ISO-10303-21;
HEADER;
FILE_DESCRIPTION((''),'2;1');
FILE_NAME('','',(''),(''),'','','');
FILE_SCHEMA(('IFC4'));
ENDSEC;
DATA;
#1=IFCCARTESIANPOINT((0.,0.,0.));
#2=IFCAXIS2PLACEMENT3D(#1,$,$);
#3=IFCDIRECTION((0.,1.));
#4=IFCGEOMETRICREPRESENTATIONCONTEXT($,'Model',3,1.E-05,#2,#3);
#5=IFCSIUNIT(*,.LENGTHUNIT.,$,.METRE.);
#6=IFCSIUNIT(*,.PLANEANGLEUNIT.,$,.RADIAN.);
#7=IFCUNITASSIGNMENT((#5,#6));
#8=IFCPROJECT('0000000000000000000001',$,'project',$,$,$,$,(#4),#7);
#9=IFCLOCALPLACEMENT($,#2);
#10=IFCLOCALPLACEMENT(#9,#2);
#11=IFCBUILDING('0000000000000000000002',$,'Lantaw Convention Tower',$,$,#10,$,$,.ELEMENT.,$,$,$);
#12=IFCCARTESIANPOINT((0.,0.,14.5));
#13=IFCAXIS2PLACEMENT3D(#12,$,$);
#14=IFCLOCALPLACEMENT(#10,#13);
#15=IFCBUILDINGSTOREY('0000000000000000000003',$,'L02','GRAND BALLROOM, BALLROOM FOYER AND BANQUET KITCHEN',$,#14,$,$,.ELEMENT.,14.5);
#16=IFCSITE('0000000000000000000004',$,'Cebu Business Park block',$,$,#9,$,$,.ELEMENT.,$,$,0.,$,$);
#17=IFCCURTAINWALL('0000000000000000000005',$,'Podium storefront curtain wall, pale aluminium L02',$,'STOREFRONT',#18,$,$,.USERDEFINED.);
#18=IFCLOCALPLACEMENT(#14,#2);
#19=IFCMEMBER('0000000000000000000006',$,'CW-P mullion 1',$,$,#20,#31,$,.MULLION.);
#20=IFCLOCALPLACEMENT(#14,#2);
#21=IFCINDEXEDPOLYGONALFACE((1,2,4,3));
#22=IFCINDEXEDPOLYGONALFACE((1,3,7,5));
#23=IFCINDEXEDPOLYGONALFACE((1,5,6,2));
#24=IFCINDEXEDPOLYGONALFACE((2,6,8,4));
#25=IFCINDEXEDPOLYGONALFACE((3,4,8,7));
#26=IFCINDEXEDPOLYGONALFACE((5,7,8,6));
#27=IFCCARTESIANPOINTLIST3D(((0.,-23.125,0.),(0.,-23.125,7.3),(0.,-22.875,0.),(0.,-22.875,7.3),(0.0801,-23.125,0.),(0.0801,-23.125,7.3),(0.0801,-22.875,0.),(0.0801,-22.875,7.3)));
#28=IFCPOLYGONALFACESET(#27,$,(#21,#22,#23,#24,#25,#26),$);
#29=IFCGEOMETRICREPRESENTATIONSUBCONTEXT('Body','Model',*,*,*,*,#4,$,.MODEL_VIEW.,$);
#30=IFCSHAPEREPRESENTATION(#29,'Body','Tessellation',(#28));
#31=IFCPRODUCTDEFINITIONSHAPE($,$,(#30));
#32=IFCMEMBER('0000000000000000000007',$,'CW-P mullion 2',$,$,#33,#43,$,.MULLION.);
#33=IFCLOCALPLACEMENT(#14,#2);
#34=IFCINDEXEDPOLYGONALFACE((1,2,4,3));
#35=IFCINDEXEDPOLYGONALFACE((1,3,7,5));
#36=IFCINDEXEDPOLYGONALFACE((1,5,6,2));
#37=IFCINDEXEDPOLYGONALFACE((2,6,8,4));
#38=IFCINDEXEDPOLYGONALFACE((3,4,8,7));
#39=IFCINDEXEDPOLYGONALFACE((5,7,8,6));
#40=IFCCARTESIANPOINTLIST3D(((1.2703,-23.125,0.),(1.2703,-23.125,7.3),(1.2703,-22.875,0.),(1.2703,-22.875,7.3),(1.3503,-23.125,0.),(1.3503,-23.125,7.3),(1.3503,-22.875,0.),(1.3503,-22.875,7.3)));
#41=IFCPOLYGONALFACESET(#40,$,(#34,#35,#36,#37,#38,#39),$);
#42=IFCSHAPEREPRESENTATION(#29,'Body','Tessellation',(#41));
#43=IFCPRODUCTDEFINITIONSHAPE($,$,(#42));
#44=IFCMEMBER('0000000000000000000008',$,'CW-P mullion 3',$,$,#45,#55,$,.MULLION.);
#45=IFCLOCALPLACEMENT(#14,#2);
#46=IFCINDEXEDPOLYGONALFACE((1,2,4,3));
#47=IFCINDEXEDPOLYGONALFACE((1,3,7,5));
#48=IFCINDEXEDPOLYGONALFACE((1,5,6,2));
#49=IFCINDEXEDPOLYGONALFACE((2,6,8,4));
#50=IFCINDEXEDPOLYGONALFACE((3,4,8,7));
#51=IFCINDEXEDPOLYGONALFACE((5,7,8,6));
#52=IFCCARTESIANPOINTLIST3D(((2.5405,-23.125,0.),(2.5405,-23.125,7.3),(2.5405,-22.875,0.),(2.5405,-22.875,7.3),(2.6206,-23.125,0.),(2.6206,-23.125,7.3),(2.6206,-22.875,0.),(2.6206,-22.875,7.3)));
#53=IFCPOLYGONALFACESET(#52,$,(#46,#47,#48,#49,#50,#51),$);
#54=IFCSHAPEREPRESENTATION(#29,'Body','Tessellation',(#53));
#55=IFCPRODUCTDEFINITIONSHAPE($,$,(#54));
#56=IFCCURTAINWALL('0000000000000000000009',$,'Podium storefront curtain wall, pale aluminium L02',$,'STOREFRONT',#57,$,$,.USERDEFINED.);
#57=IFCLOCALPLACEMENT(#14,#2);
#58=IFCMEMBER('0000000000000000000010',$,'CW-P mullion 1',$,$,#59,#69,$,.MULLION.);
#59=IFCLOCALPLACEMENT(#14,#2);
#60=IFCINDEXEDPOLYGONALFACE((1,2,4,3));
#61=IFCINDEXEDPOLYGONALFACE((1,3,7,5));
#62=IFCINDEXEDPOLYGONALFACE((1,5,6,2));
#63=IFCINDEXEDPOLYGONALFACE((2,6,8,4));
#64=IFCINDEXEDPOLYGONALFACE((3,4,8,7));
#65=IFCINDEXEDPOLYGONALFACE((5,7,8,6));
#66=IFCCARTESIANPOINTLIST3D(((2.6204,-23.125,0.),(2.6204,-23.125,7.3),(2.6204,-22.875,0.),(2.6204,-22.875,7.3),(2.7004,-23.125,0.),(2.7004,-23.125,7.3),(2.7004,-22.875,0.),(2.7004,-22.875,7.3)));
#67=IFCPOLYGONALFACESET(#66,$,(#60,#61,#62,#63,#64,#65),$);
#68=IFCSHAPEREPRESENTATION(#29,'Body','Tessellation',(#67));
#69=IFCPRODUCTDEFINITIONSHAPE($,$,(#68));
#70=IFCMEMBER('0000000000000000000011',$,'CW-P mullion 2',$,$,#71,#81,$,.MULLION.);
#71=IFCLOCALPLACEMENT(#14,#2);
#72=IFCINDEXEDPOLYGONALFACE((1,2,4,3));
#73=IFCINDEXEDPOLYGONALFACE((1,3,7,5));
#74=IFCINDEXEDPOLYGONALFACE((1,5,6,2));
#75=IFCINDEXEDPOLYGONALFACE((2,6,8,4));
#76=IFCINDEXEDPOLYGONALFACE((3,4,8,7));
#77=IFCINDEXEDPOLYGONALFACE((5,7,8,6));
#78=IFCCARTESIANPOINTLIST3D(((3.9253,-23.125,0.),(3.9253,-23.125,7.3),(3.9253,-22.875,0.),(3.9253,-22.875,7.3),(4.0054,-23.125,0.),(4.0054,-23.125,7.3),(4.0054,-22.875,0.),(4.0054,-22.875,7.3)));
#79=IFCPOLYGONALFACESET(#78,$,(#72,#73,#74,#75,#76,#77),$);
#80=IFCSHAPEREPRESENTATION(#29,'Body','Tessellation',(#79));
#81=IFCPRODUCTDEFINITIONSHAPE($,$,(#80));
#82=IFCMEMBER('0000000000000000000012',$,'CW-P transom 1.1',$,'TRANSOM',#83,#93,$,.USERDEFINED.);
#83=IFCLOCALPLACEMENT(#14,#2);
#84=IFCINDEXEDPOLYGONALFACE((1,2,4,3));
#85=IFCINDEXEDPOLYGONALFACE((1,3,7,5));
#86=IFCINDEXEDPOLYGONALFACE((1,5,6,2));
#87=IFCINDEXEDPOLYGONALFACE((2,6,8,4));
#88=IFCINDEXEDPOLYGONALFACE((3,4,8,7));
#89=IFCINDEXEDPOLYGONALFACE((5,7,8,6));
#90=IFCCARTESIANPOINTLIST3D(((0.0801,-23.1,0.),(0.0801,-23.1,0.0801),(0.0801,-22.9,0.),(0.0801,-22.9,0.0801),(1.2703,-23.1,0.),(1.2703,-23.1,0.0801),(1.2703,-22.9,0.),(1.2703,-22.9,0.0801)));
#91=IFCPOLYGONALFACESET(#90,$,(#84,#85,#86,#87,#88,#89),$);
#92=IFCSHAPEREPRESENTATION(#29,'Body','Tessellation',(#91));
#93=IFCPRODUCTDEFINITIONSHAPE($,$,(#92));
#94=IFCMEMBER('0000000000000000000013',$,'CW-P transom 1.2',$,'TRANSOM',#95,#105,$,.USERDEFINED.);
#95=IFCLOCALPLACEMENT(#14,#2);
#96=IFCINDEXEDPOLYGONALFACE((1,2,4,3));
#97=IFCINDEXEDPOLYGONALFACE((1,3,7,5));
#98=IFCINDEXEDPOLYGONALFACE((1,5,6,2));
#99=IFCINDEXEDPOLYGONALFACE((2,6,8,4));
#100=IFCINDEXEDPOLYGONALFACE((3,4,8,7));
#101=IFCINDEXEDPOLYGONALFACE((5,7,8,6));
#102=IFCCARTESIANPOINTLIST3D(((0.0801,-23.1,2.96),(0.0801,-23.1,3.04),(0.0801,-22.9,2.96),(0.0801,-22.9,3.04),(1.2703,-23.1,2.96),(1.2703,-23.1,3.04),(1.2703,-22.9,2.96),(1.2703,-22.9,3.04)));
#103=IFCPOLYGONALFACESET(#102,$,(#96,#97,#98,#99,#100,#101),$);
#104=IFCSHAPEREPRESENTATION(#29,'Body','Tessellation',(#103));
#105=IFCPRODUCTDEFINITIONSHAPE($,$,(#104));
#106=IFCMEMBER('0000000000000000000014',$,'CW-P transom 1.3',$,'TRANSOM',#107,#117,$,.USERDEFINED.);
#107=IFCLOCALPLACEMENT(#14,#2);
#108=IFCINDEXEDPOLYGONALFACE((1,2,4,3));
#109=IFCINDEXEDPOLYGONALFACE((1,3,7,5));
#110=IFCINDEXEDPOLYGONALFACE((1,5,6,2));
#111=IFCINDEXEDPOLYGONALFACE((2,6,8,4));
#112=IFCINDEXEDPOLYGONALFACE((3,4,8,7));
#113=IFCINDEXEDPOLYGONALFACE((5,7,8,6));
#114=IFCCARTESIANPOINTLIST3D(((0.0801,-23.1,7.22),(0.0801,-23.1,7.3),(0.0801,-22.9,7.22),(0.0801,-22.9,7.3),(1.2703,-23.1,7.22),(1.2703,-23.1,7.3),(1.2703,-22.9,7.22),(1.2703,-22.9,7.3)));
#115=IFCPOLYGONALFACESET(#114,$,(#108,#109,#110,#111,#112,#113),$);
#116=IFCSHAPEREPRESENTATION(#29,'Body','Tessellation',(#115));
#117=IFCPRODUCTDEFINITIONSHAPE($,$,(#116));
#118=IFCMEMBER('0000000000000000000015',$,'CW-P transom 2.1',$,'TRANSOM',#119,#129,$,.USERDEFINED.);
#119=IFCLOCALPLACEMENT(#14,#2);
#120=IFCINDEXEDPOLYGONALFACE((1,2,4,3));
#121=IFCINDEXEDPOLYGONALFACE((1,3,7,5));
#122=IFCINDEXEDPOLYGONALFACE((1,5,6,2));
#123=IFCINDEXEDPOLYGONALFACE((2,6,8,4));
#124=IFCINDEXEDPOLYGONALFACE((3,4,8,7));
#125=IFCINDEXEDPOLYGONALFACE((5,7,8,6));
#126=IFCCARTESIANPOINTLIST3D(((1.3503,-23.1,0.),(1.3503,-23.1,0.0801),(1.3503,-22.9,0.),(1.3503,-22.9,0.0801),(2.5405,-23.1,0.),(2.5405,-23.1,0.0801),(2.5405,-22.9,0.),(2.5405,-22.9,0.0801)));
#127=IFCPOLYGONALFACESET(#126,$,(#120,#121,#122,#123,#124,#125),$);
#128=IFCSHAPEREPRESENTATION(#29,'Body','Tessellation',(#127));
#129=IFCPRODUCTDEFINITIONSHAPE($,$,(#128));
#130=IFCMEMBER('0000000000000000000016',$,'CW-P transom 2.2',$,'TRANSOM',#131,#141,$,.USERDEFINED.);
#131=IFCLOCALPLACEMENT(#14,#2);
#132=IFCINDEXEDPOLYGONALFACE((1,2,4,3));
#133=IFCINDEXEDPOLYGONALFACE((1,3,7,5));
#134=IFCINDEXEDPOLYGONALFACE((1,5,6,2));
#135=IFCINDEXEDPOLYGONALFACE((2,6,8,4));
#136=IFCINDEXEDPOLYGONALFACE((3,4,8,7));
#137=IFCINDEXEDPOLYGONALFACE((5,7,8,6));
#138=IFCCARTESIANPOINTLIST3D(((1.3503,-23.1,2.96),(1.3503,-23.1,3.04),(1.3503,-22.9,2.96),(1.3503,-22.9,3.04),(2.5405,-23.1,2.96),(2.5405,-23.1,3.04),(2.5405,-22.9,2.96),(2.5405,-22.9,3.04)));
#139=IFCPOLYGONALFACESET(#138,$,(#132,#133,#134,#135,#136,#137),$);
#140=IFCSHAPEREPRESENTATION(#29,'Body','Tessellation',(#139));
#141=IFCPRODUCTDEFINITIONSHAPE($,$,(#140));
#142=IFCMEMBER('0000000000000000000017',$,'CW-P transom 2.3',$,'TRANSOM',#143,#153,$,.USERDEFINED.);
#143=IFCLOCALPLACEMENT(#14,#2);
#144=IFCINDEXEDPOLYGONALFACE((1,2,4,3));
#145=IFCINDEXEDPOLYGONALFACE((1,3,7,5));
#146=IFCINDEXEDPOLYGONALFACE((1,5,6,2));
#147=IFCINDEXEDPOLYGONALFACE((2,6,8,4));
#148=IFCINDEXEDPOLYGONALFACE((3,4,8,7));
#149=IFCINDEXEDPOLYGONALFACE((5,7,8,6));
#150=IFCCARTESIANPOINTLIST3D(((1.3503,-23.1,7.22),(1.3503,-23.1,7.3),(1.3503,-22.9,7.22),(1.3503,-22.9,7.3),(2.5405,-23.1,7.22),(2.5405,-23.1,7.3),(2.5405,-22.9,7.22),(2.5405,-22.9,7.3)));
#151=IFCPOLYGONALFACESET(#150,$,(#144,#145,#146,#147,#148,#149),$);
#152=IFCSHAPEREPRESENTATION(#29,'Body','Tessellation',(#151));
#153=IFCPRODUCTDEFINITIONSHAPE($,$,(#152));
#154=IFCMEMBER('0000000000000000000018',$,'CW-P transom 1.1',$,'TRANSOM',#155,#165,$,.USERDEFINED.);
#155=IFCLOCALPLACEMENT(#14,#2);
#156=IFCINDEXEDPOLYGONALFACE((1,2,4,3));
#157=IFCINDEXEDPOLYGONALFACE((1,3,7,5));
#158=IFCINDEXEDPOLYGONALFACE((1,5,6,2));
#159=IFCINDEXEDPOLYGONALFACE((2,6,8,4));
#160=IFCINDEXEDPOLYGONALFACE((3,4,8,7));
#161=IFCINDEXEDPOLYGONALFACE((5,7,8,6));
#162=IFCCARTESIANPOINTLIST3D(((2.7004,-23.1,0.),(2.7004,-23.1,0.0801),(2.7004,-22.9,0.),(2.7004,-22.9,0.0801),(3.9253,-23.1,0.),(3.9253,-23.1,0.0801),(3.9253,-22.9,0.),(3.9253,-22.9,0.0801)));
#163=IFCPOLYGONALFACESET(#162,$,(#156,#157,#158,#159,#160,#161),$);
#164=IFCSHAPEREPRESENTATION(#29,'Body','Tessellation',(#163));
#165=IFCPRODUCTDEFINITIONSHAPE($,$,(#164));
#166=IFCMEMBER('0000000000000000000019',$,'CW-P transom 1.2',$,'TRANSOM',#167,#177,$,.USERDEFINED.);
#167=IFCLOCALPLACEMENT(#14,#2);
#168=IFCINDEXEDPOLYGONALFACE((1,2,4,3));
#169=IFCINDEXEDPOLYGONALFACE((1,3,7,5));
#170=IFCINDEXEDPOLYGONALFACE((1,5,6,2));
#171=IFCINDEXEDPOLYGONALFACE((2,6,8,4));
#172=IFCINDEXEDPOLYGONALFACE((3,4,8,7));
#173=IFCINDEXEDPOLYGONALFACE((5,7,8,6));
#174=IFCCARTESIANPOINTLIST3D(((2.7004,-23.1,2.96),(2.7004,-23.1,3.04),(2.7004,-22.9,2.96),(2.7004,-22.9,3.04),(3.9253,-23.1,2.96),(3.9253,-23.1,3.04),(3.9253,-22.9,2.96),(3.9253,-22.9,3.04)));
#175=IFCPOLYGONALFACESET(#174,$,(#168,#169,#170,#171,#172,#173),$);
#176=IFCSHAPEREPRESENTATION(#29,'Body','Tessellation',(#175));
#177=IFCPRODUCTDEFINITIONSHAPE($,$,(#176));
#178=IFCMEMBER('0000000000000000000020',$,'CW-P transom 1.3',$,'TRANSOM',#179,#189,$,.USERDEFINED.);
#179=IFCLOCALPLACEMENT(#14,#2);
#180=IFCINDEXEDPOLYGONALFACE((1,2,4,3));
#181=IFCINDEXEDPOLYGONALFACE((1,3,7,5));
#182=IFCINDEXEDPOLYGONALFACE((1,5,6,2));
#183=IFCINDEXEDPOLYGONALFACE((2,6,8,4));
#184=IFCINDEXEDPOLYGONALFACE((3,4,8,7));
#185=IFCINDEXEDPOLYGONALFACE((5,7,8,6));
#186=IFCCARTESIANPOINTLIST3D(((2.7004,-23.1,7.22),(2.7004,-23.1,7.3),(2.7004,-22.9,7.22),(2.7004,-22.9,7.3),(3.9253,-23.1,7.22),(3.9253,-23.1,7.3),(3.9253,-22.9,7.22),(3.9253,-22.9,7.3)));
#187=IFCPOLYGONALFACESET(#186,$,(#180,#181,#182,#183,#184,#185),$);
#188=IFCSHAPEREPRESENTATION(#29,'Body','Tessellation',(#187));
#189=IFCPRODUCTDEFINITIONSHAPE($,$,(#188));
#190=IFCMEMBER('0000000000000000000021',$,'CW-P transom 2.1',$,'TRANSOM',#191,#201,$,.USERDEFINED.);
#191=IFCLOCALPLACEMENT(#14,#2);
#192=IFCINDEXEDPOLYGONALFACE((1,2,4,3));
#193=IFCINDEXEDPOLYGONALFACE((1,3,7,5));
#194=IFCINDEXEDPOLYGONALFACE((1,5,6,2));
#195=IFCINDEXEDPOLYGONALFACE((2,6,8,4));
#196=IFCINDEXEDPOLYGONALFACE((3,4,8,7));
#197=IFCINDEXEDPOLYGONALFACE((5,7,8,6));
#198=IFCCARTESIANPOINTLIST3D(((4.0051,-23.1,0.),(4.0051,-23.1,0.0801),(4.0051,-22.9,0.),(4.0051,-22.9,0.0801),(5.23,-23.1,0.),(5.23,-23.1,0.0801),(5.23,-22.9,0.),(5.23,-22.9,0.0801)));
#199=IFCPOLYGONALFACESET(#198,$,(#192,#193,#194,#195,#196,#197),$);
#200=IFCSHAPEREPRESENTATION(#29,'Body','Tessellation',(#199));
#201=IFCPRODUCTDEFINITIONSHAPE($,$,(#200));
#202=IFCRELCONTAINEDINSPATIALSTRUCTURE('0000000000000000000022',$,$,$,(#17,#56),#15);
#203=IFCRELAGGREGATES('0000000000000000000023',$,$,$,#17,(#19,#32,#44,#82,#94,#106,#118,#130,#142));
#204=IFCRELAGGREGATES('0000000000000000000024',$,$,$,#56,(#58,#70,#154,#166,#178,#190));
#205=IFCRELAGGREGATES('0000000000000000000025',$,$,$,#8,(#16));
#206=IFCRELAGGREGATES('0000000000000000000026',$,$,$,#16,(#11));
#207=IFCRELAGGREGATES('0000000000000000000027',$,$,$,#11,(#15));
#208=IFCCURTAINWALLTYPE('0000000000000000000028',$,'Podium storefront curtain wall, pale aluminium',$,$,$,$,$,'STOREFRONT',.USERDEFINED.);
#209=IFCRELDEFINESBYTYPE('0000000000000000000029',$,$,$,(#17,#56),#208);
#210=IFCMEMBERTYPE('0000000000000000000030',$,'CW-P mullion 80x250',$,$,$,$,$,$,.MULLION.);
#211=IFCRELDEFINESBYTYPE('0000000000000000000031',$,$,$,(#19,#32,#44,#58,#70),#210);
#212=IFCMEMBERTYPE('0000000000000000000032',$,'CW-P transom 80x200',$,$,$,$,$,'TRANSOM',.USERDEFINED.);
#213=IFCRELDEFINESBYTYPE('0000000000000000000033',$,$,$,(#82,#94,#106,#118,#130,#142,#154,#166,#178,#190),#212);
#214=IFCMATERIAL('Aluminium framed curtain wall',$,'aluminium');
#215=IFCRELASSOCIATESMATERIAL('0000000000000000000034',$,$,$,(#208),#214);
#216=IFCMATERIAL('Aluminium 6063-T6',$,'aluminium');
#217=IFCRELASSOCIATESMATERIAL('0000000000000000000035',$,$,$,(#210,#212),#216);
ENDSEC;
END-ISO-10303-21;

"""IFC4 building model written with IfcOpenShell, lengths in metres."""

from ifc_helpers import new_model, si_unit, direction, frame, origin, origin_2d, place, context, subcontext, project, spatial, rectangle, extrude, material, material_profile, profile_set, type_object, element, aggregate, save


model = new_model("IFC4")

# Units and contexts
model_context = context("Model", 3, precision=1e-05, world=origin(), true_north=direction((0.0, 1.0)))
body_context = subcontext(model_context, "Body", "Model", "MODEL_VIEW")
ifc_project = project(units=[si_unit("LENGTHUNIT", "METRE"), si_unit("PLANEANGLEUNIT", "RADIAN")], contexts=[model_context])

# Site, building, storey
site_placement = place(None, origin())
site = spatial("IfcSite", under=ifc_project, at=site_placement, Name="Cebu Business Park block", CompositionType="ELEMENT", RefElevation=0.0)
building_placement = place(site_placement, origin())
building = spatial("IfcBuilding", under=site, at=building_placement, Name="Lantaw Convention Tower", CompositionType="ELEMENT")
storey_placement = place(building_placement, frame((0.0, 0.0, 14.5)))
storey = spatial("IfcBuildingStorey", under=building, at=storey_placement, Name="L02", Description="GRAND BALLROOM, BALLROOM FOYER AND BANQUET KITCHEN", CompositionType="ELEMENT", Elevation=14.5)

# Curtain walls, members
ifc_material_1 = material(Name="Aluminium framed curtain wall", Category="aluminium")
curtain_wall_type = type_object("IfcCurtainWallType", Name="Podium storefront curtain wall, pale aluminium", ElementType="STOREFRONT", PredefinedType="USERDEFINED", material=ifc_material_1)
curtain_wall_1_placement = place(storey_placement, origin())
curtain_wall_1 = element("IfcCurtainWall", 1, at=curtain_wall_1_placement, inside=storey, type_object=curtain_wall_type, Name="Podium storefront curtain wall, pale aluminium L02", ObjectType="STOREFRONT", PredefinedType="USERDEFINED")
ifc_material_2 = material(Name="Aluminium 6063-T6", Category="aluminium")
ifc_material_profile_1 = material_profile(ifc_material_2, rectangle(XDim=0.25, YDim=0.0801, at=origin_2d()), Name="CW-P mullion 80x250")
ifc_profile_set_1 = profile_set([ifc_material_profile_1], Name="Aluminium 6063-T6")
member_type_1 = type_object("IfcMemberType", Name="CW-P mullion 80x250", PredefinedType="MULLION", material=ifc_profile_set_1)
member_1_placement = place(storey_placement, frame((0.04, -23.0, 0.0), z_axis=(0.0, 0.0, 1.0), x_axis=(0.0, 1.0, 0.0)))
member_1 = element("IfcMember", 2, at=member_1_placement, type_object=member_type_1, Name="CW-P mullion 1", PredefinedType="MULLION", context=body_context, shape_type="SweptSolid", body=[
    extrude(rectangle(XDim=0.25, YDim=0.0801, at=origin_2d()), origin(), (0.0, 0.0, 1.0), 7.3),
])
member_2_placement = place(storey_placement, frame((1.3103, -23.0, 0.0), z_axis=(0.0, 0.0, 1.0), x_axis=(0.0, 1.0, 0.0)))
member_2 = element("IfcMember", 3, at=member_2_placement, type_object=member_type_1, Name="CW-P mullion 2", PredefinedType="MULLION", context=body_context, shape_type="SweptSolid", body=[
    extrude(rectangle(XDim=0.25, YDim=0.0801, at=origin_2d()), origin(), (0.0, 0.0, 1.0), 7.3),
])
member_3_placement = place(storey_placement, frame((2.5806, -23.0, 0.0), z_axis=(0.0, 0.0, 1.0), x_axis=(0.0, 1.0, 0.0)))
member_3 = element("IfcMember", 4, at=member_3_placement, type_object=member_type_1, Name="CW-P mullion 3", PredefinedType="MULLION", context=body_context, shape_type="SweptSolid", body=[
    extrude(rectangle(XDim=0.25, YDim=0.0801, at=origin_2d()), origin(), (0.0, 0.0, 1.0), 7.3),
])
curtain_wall_2_placement = place(storey_placement, origin())
curtain_wall_2 = element("IfcCurtainWall", 5, at=curtain_wall_2_placement, inside=storey, type_object=curtain_wall_type, Name="Podium storefront curtain wall, pale aluminium L02", ObjectType="STOREFRONT", PredefinedType="USERDEFINED")
member_4_placement = place(storey_placement, frame((2.6604, -23.0, 0.0), z_axis=(0.0, 0.0, 1.0), x_axis=(0.0, 1.0, 0.0)))
member_4 = element("IfcMember", 6, at=member_4_placement, type_object=member_type_1, Name="CW-P mullion 1", PredefinedType="MULLION", context=body_context, shape_type="SweptSolid", body=[
    extrude(rectangle(XDim=0.25, YDim=0.0801, at=origin_2d()), origin(), (0.0, 0.0, 1.0), 7.3),
])
member_5_placement = place(storey_placement, frame((3.9653, -23.0, 0.0), z_axis=(0.0, 0.0, 1.0), x_axis=(0.0, 1.0, 0.0)))
member_5 = element("IfcMember", 7, at=member_5_placement, type_object=member_type_1, Name="CW-P mullion 2", PredefinedType="MULLION", context=body_context, shape_type="SweptSolid", body=[
    extrude(rectangle(XDim=0.25, YDim=0.0801, at=origin_2d()), origin(), (0.0, 0.0, 1.0), 7.3),
])

# Members
ifc_material_profile_2 = material_profile(ifc_material_2, rectangle(XDim=0.2, YDim=0.0801, at=origin_2d()), Name="CW-P transom 80x200")
ifc_profile_set_2 = profile_set([ifc_material_profile_2], Name="Aluminium 6063-T6")
member_type_2 = type_object("IfcMemberType", Name="CW-P transom 80x200", ElementType="TRANSOM", PredefinedType="USERDEFINED", material=ifc_profile_set_2)
member_6_placement = place(storey_placement, frame((0.0801, -23.0, 0.04), z_axis=(1.0, 0.0, 0.0), x_axis=(0.0, 1.0, 0.0)))
member_6 = element("IfcMember", 8, at=member_6_placement, type_object=member_type_2, Name="CW-P transom 1.1", ObjectType="TRANSOM", PredefinedType="USERDEFINED", context=body_context, shape_type="SweptSolid", body=[
    extrude(rectangle(XDim=0.2, YDim=0.0801, at=origin_2d()), origin(), (0.0, 0.0, 1.0), 1.1902),
])
member_7_placement = place(storey_placement, frame((0.0801, -23.0, 3.0), z_axis=(1.0, 0.0, 0.0), x_axis=(0.0, 1.0, 0.0)))
member_7 = element("IfcMember", 9, at=member_7_placement, type_object=member_type_2, Name="CW-P transom 1.2", ObjectType="TRANSOM", PredefinedType="USERDEFINED", context=body_context, shape_type="SweptSolid", body=[
    extrude(rectangle(XDim=0.2, YDim=0.0801, at=origin_2d()), origin(), (0.0, 0.0, 1.0), 1.1902),
])
member_8_placement = place(storey_placement, frame((0.0801, -23.0, 7.26), z_axis=(1.0, 0.0, 0.0), x_axis=(0.0, 1.0, 0.0)))
member_8 = element("IfcMember", 10, at=member_8_placement, type_object=member_type_2, Name="CW-P transom 1.3", ObjectType="TRANSOM", PredefinedType="USERDEFINED", context=body_context, shape_type="SweptSolid", body=[
    extrude(rectangle(XDim=0.2, YDim=0.0801, at=origin_2d()), origin(), (0.0, 0.0, 1.0), 1.1902),
])
member_9_placement = place(storey_placement, frame((1.3503, -23.0, 0.04), z_axis=(1.0, 0.0, 0.0), x_axis=(0.0, 1.0, 0.0)))
member_9 = element("IfcMember", 11, at=member_9_placement, type_object=member_type_2, Name="CW-P transom 2.1", ObjectType="TRANSOM", PredefinedType="USERDEFINED", context=body_context, shape_type="SweptSolid", body=[
    extrude(rectangle(XDim=0.2, YDim=0.0801, at=origin_2d()), origin(), (0.0, 0.0, 1.0), 1.1902),
])
member_10_placement = place(storey_placement, frame((1.3503, -23.0, 3.0), z_axis=(1.0, 0.0, 0.0), x_axis=(0.0, 1.0, 0.0)))
member_10 = element("IfcMember", 12, at=member_10_placement, type_object=member_type_2, Name="CW-P transom 2.2", ObjectType="TRANSOM", PredefinedType="USERDEFINED", context=body_context, shape_type="SweptSolid", body=[
    extrude(rectangle(XDim=0.2, YDim=0.0801, at=origin_2d()), origin(), (0.0, 0.0, 1.0), 1.1902),
])
member_11_placement = place(storey_placement, frame((1.3503, -23.0, 7.26), z_axis=(1.0, 0.0, 0.0), x_axis=(0.0, 1.0, 0.0)))
member_11 = element("IfcMember", 13, at=member_11_placement, type_object=member_type_2, Name="CW-P transom 2.3", ObjectType="TRANSOM", PredefinedType="USERDEFINED", context=body_context, shape_type="SweptSolid", body=[
    extrude(rectangle(XDim=0.2, YDim=0.0801, at=origin_2d()), origin(), (0.0, 0.0, 1.0), 1.1902),
])
member_12_placement = place(storey_placement, frame((2.7004, -23.0, 0.04), z_axis=(1.0, 0.0, 0.0), x_axis=(0.0, 1.0, 0.0)))
member_12 = element("IfcMember", 14, at=member_12_placement, type_object=member_type_2, Name="CW-P transom 1.1", ObjectType="TRANSOM", PredefinedType="USERDEFINED", context=body_context, shape_type="SweptSolid", body=[
    extrude(rectangle(XDim=0.2, YDim=0.0801, at=origin_2d()), origin(), (0.0, 0.0, 1.0), 1.2249),
])
member_13_placement = place(storey_placement, frame((2.7004, -23.0, 3.0), z_axis=(1.0, 0.0, 0.0), x_axis=(0.0, 1.0, 0.0)))
member_13 = element("IfcMember", 15, at=member_13_placement, type_object=member_type_2, Name="CW-P transom 1.2", ObjectType="TRANSOM", PredefinedType="USERDEFINED", context=body_context, shape_type="SweptSolid", body=[
    extrude(rectangle(XDim=0.2, YDim=0.0801, at=origin_2d()), origin(), (0.0, 0.0, 1.0), 1.2249),
])
member_14_placement = place(storey_placement, frame((2.7004, -23.0, 7.26), z_axis=(1.0, 0.0, 0.0), x_axis=(0.0, 1.0, 0.0)))
member_14 = element("IfcMember", 16, at=member_14_placement, type_object=member_type_2, Name="CW-P transom 1.3", ObjectType="TRANSOM", PredefinedType="USERDEFINED", context=body_context, shape_type="SweptSolid", body=[
    extrude(rectangle(XDim=0.2, YDim=0.0801, at=origin_2d()), origin(), (0.0, 0.0, 1.0), 1.2249),
])
member_15_placement = place(storey_placement, frame((4.0051, -23.0, 0.04), z_axis=(1.0, 0.0, 0.0), x_axis=(0.0, 1.0, 0.0)))
member_15 = element("IfcMember", 17, at=member_15_placement, type_object=member_type_2, Name="CW-P transom 2.1", ObjectType="TRANSOM", PredefinedType="USERDEFINED", context=body_context, shape_type="SweptSolid", body=[
    extrude(rectangle(XDim=0.2, YDim=0.0801, at=origin_2d()), origin(), (0.0, 0.0, 1.0), 1.2249),
])

aggregate(curtain_wall_1, [member_1, member_2, member_3, member_6, member_7, member_8, member_9, member_10, member_11])
aggregate(curtain_wall_2, [member_4, member_5, member_12, member_13, member_14, member_15])

save(model, "model.ifc")
